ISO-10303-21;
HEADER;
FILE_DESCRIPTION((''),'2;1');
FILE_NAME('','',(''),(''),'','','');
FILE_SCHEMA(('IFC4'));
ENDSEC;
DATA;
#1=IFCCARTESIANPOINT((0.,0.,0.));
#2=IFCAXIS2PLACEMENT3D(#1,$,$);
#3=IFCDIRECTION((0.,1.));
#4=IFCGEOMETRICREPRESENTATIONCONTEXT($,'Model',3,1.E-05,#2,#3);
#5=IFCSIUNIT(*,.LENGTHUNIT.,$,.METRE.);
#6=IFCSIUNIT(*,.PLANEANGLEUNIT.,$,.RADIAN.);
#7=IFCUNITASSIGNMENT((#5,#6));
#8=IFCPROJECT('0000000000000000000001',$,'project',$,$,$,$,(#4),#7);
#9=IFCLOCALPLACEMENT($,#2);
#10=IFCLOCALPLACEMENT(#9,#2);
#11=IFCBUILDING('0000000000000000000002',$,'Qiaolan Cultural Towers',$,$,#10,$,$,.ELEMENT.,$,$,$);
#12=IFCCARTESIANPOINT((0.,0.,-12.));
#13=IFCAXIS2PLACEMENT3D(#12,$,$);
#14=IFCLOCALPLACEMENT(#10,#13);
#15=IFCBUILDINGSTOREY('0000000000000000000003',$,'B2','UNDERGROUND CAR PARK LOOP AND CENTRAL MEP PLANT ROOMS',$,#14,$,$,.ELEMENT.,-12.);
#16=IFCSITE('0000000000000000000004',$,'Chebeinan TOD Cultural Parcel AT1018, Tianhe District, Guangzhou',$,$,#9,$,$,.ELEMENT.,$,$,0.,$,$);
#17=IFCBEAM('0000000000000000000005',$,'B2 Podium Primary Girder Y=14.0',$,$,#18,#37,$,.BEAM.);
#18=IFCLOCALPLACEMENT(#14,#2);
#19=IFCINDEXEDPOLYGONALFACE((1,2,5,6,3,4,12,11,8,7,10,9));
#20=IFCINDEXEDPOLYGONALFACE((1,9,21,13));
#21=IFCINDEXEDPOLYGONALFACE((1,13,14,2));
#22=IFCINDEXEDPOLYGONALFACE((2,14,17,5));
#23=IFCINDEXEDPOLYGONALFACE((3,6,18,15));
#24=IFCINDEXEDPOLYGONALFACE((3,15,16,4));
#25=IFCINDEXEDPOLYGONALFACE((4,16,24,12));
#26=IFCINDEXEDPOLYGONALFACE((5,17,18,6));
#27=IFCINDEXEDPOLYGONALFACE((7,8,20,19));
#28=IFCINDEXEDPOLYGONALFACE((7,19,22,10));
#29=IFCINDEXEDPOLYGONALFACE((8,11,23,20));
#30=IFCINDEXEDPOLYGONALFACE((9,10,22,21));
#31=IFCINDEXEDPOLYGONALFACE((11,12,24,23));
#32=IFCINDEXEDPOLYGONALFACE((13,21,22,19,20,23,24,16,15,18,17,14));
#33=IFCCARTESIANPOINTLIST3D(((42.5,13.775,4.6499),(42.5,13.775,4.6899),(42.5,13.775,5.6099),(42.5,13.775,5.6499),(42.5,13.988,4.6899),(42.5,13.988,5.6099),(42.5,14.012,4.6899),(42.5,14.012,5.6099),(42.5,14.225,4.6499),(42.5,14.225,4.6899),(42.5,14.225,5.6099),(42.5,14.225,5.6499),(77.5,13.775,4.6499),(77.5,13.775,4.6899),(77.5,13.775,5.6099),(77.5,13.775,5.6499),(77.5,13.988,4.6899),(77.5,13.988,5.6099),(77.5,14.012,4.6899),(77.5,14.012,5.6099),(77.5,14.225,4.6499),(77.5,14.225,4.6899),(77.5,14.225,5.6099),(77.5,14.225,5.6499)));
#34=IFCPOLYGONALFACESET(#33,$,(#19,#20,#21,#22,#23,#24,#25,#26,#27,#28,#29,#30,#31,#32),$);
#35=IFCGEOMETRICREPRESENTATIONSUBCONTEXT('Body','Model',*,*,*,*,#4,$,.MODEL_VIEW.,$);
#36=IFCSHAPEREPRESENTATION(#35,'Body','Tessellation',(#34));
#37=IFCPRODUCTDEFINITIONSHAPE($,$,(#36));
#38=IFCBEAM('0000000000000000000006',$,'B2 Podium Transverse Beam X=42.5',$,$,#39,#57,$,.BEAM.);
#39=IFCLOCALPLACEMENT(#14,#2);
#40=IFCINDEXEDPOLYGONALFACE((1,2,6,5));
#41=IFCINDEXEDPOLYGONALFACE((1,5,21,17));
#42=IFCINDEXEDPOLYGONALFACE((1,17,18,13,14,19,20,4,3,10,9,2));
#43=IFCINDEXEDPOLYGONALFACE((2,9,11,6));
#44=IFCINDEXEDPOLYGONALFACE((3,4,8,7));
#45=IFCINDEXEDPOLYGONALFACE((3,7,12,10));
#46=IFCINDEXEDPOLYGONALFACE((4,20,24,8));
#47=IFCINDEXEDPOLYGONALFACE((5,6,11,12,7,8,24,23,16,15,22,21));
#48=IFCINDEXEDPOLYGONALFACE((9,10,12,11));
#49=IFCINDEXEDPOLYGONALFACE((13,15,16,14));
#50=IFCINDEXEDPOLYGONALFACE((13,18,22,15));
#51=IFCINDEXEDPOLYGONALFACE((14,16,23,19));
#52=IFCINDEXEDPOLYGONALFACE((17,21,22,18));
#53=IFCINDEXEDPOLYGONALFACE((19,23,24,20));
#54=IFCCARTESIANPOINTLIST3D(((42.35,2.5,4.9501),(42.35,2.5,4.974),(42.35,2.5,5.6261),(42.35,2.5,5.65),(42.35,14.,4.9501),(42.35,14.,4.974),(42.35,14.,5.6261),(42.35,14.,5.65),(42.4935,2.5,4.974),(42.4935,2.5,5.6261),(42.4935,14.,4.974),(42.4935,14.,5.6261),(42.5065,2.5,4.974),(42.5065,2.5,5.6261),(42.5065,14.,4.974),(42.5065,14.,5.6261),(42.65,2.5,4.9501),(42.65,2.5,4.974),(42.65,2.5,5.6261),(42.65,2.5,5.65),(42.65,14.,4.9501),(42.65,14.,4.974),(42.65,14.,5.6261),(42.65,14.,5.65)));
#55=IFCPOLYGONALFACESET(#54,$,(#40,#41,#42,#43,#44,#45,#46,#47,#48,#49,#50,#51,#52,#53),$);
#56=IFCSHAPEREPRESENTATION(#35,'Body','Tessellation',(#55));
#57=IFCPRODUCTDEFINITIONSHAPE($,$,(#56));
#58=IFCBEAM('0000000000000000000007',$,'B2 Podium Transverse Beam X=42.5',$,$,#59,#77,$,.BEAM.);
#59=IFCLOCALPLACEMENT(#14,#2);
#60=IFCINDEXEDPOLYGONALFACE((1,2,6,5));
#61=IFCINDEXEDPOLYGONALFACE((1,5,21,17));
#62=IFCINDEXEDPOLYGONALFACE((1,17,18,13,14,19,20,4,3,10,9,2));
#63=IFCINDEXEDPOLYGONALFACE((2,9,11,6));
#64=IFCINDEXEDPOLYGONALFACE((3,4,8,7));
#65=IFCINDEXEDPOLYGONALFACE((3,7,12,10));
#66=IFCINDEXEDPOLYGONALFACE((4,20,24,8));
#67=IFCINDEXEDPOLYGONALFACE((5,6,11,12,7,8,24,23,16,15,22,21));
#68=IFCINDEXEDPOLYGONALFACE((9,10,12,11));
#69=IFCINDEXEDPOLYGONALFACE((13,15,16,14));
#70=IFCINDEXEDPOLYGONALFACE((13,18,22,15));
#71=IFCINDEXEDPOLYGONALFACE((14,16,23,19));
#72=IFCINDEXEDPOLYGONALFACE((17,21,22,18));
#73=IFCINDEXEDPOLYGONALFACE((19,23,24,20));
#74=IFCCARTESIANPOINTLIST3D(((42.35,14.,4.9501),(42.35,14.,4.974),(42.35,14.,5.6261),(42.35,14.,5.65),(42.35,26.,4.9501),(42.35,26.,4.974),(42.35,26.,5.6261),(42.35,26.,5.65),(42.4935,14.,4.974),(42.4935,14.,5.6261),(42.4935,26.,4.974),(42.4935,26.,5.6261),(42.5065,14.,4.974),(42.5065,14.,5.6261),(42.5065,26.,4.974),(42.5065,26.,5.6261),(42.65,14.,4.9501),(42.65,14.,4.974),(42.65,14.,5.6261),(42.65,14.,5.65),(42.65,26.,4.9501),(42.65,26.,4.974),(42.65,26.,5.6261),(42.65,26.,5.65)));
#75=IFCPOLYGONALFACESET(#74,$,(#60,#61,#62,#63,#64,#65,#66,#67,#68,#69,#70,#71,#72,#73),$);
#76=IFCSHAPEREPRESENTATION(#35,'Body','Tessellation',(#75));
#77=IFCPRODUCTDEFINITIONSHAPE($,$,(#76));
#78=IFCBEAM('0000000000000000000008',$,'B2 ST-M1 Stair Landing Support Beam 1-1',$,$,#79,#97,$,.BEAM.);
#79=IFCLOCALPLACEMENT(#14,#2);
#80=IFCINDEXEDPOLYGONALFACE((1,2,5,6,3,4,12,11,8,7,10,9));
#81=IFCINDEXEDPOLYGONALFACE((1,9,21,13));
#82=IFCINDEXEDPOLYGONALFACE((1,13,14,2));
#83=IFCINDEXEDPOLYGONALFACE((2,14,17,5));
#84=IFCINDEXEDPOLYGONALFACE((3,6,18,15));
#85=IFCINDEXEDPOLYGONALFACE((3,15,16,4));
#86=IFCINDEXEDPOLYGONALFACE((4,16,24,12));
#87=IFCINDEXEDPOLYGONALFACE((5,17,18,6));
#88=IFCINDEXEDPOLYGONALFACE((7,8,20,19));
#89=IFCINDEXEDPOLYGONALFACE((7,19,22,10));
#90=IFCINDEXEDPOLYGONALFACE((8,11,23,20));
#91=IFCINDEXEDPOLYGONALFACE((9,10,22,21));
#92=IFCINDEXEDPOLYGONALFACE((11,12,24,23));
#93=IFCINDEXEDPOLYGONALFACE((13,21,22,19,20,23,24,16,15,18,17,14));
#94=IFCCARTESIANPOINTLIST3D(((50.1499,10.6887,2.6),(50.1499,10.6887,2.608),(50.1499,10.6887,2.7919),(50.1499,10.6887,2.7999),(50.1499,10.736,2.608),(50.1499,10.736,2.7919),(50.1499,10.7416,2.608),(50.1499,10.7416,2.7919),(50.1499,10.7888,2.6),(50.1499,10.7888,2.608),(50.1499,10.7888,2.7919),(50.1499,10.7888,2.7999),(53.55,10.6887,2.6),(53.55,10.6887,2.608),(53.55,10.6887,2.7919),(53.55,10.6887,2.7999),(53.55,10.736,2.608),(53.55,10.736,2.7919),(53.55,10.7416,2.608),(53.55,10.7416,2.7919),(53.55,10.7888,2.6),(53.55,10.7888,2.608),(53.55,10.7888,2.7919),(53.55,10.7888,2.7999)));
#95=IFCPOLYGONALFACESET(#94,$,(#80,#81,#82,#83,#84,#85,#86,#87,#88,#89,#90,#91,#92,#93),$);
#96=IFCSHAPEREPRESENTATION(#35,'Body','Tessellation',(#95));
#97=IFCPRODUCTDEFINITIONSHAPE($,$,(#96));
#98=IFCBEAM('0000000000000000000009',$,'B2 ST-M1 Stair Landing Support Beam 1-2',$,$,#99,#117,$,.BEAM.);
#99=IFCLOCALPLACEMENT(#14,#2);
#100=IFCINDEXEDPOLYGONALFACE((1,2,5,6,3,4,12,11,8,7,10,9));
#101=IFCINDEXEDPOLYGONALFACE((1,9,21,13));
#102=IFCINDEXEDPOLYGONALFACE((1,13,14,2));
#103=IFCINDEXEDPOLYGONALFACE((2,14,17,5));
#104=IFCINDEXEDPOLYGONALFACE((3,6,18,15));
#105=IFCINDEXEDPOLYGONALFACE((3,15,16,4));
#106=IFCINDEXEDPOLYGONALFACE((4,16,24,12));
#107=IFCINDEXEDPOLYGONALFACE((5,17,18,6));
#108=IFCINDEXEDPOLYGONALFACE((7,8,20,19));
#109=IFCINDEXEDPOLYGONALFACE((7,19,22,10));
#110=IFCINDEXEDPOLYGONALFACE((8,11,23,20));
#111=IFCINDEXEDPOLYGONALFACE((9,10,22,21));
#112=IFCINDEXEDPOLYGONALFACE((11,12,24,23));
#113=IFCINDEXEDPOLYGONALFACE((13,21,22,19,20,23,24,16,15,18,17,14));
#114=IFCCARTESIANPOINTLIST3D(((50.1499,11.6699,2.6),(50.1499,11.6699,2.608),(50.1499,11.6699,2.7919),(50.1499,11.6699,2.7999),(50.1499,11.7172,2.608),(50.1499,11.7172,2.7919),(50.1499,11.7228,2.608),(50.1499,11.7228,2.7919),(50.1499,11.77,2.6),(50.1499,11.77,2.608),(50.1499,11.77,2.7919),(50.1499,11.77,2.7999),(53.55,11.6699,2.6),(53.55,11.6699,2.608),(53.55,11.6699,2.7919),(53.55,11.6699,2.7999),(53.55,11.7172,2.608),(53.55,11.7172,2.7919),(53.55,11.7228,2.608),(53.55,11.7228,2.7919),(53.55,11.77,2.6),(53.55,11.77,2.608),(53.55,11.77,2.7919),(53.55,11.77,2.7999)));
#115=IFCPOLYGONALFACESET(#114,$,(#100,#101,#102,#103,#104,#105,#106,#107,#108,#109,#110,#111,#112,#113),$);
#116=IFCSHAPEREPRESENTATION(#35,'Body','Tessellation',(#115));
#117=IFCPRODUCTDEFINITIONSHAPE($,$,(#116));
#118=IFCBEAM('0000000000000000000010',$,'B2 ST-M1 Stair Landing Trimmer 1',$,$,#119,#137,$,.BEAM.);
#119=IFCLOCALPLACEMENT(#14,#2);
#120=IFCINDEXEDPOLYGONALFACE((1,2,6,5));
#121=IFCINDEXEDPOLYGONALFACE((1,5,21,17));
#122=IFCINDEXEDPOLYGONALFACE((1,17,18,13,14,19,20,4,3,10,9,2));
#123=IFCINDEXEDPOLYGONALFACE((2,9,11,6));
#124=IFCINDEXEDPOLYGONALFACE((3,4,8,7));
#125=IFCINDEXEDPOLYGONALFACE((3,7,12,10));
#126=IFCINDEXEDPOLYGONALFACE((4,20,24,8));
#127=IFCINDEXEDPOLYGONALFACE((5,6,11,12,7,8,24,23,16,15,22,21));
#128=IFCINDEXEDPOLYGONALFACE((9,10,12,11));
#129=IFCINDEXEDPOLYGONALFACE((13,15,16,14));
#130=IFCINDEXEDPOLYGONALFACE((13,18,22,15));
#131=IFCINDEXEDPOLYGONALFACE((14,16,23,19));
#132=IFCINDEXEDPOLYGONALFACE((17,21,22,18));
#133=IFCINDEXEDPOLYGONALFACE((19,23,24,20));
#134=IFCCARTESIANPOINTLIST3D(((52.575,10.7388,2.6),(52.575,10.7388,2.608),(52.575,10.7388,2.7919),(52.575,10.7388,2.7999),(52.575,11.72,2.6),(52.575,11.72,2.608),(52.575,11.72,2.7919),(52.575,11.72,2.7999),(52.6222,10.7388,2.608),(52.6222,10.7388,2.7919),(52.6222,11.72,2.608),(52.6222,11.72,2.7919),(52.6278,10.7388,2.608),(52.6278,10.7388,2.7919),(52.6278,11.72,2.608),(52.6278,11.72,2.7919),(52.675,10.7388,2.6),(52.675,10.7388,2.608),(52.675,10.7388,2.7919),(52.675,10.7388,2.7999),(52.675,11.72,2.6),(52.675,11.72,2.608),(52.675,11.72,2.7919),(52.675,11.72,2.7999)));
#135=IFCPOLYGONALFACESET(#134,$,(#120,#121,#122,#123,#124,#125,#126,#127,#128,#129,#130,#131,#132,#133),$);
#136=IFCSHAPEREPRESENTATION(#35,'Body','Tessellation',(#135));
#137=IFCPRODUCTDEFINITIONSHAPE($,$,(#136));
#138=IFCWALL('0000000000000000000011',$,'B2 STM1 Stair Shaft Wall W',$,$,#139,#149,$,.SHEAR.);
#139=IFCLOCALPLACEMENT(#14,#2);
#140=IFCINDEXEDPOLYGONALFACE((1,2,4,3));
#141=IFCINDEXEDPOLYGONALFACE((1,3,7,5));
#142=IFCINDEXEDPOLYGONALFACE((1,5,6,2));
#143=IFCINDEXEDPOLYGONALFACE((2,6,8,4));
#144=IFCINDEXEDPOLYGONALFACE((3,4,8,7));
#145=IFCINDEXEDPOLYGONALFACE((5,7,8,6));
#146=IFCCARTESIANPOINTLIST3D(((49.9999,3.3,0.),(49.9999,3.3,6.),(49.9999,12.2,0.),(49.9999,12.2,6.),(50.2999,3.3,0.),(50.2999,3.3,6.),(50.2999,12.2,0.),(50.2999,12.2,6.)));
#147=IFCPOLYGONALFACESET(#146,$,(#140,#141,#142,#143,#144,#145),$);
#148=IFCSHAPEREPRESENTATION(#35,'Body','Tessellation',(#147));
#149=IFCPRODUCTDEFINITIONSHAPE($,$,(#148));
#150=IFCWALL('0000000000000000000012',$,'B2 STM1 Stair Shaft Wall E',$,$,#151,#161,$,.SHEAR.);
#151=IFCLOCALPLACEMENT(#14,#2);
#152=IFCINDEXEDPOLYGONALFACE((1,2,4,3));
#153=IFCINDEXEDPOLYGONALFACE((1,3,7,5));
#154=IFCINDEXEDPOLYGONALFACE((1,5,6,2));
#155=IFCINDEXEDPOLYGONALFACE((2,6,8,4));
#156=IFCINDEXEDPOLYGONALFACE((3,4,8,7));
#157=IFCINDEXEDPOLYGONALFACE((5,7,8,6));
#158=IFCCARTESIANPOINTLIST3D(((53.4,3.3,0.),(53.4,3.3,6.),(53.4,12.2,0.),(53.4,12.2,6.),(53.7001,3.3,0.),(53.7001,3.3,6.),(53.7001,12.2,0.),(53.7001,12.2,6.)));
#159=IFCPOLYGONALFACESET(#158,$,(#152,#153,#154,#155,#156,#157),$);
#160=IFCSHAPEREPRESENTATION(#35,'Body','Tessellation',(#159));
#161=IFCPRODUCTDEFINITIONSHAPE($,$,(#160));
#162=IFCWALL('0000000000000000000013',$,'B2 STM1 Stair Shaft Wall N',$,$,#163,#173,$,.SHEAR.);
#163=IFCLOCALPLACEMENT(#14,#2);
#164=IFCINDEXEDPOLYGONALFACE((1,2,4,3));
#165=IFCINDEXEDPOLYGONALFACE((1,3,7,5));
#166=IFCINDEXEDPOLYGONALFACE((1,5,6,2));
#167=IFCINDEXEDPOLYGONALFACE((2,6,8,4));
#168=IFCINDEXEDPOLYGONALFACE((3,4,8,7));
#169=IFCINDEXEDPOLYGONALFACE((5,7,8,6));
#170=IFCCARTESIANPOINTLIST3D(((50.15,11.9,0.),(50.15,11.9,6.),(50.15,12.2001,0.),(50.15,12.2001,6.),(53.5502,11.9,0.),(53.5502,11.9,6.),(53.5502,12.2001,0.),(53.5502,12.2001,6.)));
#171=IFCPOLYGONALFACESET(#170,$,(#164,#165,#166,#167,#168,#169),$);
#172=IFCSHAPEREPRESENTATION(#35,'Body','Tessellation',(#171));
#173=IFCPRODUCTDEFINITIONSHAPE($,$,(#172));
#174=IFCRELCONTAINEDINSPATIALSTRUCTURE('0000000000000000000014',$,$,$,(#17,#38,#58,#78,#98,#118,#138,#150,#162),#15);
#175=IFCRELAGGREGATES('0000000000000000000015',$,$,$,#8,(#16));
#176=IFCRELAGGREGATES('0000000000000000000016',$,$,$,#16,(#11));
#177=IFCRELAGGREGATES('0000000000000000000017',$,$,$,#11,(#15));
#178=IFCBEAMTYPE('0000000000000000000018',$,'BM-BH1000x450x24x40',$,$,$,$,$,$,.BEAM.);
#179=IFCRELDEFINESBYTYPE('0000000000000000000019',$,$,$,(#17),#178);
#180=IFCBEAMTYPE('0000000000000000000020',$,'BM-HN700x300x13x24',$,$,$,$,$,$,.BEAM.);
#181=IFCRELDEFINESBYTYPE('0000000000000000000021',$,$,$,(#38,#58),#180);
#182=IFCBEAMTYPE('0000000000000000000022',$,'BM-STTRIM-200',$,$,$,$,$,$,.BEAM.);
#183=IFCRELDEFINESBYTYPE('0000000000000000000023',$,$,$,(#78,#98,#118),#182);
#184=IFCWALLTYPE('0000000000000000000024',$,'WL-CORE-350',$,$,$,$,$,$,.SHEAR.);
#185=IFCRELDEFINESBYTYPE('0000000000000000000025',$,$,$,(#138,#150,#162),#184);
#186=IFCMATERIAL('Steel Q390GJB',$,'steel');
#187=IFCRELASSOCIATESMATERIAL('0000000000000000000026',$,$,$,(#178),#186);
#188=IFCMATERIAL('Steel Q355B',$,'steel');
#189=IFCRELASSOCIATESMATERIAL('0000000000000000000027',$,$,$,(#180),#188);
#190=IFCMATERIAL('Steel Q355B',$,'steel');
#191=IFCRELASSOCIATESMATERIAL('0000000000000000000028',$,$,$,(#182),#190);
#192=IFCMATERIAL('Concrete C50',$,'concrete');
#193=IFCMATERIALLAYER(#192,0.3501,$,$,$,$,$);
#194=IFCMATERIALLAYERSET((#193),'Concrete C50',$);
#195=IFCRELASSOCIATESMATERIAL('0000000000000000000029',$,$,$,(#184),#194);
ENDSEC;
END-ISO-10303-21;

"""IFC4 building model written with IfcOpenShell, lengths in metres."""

from ifc_helpers import new_model, si_unit, direction, frame, frame_2d, origin, origin_2d, place, context, subcontext, project, spatial, rectangle, i_section, extrude, material, layer, layer_set, material_profile, profile_set, type_object, element, save


model = new_model("IFC4")

# Units and contexts
model_context = context("Model", 3, precision=1e-05, world=origin(), true_north=direction((0.0, 1.0)))
body_context = subcontext(model_context, "Body", "Model", "MODEL_VIEW")
ifc_project = project(units=[si_unit("LENGTHUNIT", "METRE"), si_unit("PLANEANGLEUNIT", "RADIAN")], contexts=[model_context])

# Site, building, storey
site_placement = place(None, origin())
site = spatial("IfcSite", under=ifc_project, at=site_placement, Name="Chebeinan TOD Cultural Parcel AT1018, Tianhe District, Guangzhou", CompositionType="ELEMENT", RefElevation=0.0)
building_placement = place(site_placement, origin())
building = spatial("IfcBuilding", under=site, at=building_placement, Name="Qiaolan Cultural Towers", CompositionType="ELEMENT")
storey_placement = place(building_placement, frame((0.0, 0.0, -12.0)))
storey = spatial("IfcBuildingStorey", under=building, at=storey_placement, Name="B2", Description="UNDERGROUND CAR PARK LOOP AND CENTRAL MEP PLANT ROOMS", CompositionType="ELEMENT", Elevation=-12.0)

# Beams
ifc_material_1 = material(Name="Steel Q390GJB", Category="steel")
ifc_material_profile_1 = material_profile(ifc_material_1, i_section(OverallWidth=0.45, OverallDepth=1.0, WebThickness=0.0239, FlangeThickness=0.04, at=origin_2d()), Name="BH1000x450x24x40")
ifc_profile_set_1 = profile_set([ifc_material_profile_1], Name="Steel Q390GJB")
beam_type_1 = type_object("IfcBeamType", Name="BM-BH1000x450x24x40", PredefinedType="BEAM", material=ifc_profile_set_1)
for number, where, z_axis, x_axis, name in (
    (1, (42.5, 14.0, 5.1499), (1.0, 0.0, 0.0), (0.0, 1.0, 0.0), "B2 Podium Primary Girder Y=14.0"),
):
    element("IfcBeam", number, at=place(storey_placement, frame(where, z_axis=z_axis, x_axis=x_axis)), inside=storey, type_object=beam_type_1, Name=name, PredefinedType="BEAM", context=body_context, shape_type="SweptSolid", body=[
        extrude(i_section(OverallWidth=0.45, OverallDepth=1.0, WebThickness=0.0239, FlangeThickness=0.04, at=origin_2d()), origin(), (0.0, 0.0, 1.0), 35.0),
    ])
ifc_material_2 = material(Name="Steel Q355B", Category="steel")
ifc_material_profile_2 = material_profile(ifc_material_2, i_section(OverallWidth=0.3, OverallDepth=0.7, WebThickness=0.0129, FlangeThickness=0.0239, at=origin_2d()), Name="HN700x300x13x24")
ifc_profile_set_2 = profile_set([ifc_material_profile_2], Name="Steel Q355B")
beam_type_2 = type_object("IfcBeamType", Name="BM-HN700x300x13x24", PredefinedType="BEAM", material=ifc_profile_set_2)
beam_1_placement = place(storey_placement, frame((42.5, 2.5, 5.3), z_axis=(0.0, 1.0, 0.0), x_axis=(-1.0, 0.0, 0.0)))
element("IfcBeam", 2, at=beam_1_placement, inside=storey, type_object=beam_type_2, Name="B2 Podium Transverse Beam X=42.5", PredefinedType="BEAM", context=body_context, shape_type="SweptSolid", body=[
    extrude(i_section(OverallWidth=0.3, OverallDepth=0.7, WebThickness=0.0129, FlangeThickness=0.0239, at=origin_2d()), origin(), (0.0, 0.0, 1.0), 11.5),
])
beam_2_placement = place(storey_placement, frame((42.5, 14.0, 5.3), z_axis=(0.0, 1.0, 0.0), x_axis=(-1.0, 0.0, 0.0)))
element("IfcBeam", 3, at=beam_2_placement, inside=storey, type_object=beam_type_2, Name="B2 Podium Transverse Beam X=42.5", PredefinedType="BEAM", context=body_context, shape_type="SweptSolid", body=[
    extrude(i_section(OverallWidth=0.3, OverallDepth=0.7, WebThickness=0.0129, FlangeThickness=0.0239, at=origin_2d()), origin(), (0.0, 0.0, 1.0), 12.0),
])
ifc_material_3 = material(Name="Steel Q355B", Category="steel")
ifc_material_profile_3 = material_profile(ifc_material_3, i_section(OverallWidth=0.1001, OverallDepth=0.2, WebThickness=0.0056, FlangeThickness=0.0081, at=origin_2d()), Name="HN200x100x5.5x8")
ifc_profile_set_3 = profile_set([ifc_material_profile_3], Name="Steel Q355B")
beam_type_3 = type_object("IfcBeamType", Name="BM-STTRIM-200", PredefinedType="BEAM", material=ifc_profile_set_3)
for number, where, z_axis, x_axis, name in (
    (4, (53.55, 10.7388, 2.7), (-1.0, 0.0, 0.0), (0.0, -1.0, 0.0), "B2 ST-M1 Stair Landing Support Beam 1-1"),
    (5, (53.55, 11.72, 2.7), (-1.0, 0.0, 0.0), (0.0, -1.0, 0.0), "B2 ST-M1 Stair Landing Support Beam 1-2"),
):
    element("IfcBeam", number, at=place(storey_placement, frame(where, z_axis=z_axis, x_axis=x_axis)), inside=storey, type_object=beam_type_3, Name=name, PredefinedType="BEAM", context=body_context, shape_type="SweptSolid", body=[
        extrude(i_section(OverallWidth=0.1001, OverallDepth=0.2, WebThickness=0.0056, FlangeThickness=0.0081, at=origin_2d()), origin(), (0.0, 0.0, 1.0), 3.4001),
    ])
beam_3_placement = place(storey_placement, frame((52.625, 10.7388, 2.7), z_axis=(0.0, 1.0, 0.0), x_axis=(-1.0, 0.0, 0.0)))
element("IfcBeam", 6, at=beam_3_placement, inside=storey, type_object=beam_type_3, Name="B2 ST-M1 Stair Landing Trimmer 1", PredefinedType="BEAM", context=body_context, shape_type="SweptSolid", body=[
    extrude(i_section(OverallWidth=0.1001, OverallDepth=0.2, WebThickness=0.0056, FlangeThickness=0.0081, at=origin_2d()), origin(), (0.0, 0.0, 1.0), 0.9812),
])

# Walls
ifc_material_4 = material(Name="Concrete C50", Category="concrete")
ifc_layer = layer(ifc_material_4, 0.3501)
ifc_layer_set = layer_set([ifc_layer], Name="Concrete C50")
wall_type = type_object("IfcWallType", Name="WL-CORE-350", PredefinedType="SHEAR", material=ifc_layer_set)
for number, where, z_axis, x_axis, name in (
    (7, (50.1499, 3.3, 0.0), (0.0, 0.0, 1.0), (0.0, 1.0, 0.0), "B2 STM1 Stair Shaft Wall W"),
    (8, (53.55, 3.3, 0.0), (0.0, 0.0, 1.0), (0.0, 1.0, 0.0), "B2 STM1 Stair Shaft Wall E"),
):
    element("IfcWall", number, at=place(storey_placement, frame(where, z_axis=z_axis, x_axis=x_axis)), inside=storey, type_object=wall_type, Name=name, PredefinedType="SHEAR", context=body_context, shape_type="SweptSolid", body=[
        extrude(rectangle(XDim=8.8999, YDim=0.3, at=frame_2d((4.45, 0.0))), origin(), (0.0, 0.0, 1.0), 6.0),
    ])
wall_1_placement = place(storey_placement, frame((50.1499, 12.05, 0.0), z_axis=(0.0, 0.0, 1.0), x_axis=(1.0, 0.0, 0.0)))
element("IfcWall", 9, at=wall_1_placement, inside=storey, type_object=wall_type, Name="B2 STM1 Stair Shaft Wall N", PredefinedType="SHEAR", context=body_context, shape_type="SweptSolid", body=[
    extrude(rectangle(XDim=3.4001, YDim=0.3, at=frame_2d((1.7002, 0.0))), origin(), (0.0, 0.0, 1.0), 6.0),
])

save(model, "model.ifc")
